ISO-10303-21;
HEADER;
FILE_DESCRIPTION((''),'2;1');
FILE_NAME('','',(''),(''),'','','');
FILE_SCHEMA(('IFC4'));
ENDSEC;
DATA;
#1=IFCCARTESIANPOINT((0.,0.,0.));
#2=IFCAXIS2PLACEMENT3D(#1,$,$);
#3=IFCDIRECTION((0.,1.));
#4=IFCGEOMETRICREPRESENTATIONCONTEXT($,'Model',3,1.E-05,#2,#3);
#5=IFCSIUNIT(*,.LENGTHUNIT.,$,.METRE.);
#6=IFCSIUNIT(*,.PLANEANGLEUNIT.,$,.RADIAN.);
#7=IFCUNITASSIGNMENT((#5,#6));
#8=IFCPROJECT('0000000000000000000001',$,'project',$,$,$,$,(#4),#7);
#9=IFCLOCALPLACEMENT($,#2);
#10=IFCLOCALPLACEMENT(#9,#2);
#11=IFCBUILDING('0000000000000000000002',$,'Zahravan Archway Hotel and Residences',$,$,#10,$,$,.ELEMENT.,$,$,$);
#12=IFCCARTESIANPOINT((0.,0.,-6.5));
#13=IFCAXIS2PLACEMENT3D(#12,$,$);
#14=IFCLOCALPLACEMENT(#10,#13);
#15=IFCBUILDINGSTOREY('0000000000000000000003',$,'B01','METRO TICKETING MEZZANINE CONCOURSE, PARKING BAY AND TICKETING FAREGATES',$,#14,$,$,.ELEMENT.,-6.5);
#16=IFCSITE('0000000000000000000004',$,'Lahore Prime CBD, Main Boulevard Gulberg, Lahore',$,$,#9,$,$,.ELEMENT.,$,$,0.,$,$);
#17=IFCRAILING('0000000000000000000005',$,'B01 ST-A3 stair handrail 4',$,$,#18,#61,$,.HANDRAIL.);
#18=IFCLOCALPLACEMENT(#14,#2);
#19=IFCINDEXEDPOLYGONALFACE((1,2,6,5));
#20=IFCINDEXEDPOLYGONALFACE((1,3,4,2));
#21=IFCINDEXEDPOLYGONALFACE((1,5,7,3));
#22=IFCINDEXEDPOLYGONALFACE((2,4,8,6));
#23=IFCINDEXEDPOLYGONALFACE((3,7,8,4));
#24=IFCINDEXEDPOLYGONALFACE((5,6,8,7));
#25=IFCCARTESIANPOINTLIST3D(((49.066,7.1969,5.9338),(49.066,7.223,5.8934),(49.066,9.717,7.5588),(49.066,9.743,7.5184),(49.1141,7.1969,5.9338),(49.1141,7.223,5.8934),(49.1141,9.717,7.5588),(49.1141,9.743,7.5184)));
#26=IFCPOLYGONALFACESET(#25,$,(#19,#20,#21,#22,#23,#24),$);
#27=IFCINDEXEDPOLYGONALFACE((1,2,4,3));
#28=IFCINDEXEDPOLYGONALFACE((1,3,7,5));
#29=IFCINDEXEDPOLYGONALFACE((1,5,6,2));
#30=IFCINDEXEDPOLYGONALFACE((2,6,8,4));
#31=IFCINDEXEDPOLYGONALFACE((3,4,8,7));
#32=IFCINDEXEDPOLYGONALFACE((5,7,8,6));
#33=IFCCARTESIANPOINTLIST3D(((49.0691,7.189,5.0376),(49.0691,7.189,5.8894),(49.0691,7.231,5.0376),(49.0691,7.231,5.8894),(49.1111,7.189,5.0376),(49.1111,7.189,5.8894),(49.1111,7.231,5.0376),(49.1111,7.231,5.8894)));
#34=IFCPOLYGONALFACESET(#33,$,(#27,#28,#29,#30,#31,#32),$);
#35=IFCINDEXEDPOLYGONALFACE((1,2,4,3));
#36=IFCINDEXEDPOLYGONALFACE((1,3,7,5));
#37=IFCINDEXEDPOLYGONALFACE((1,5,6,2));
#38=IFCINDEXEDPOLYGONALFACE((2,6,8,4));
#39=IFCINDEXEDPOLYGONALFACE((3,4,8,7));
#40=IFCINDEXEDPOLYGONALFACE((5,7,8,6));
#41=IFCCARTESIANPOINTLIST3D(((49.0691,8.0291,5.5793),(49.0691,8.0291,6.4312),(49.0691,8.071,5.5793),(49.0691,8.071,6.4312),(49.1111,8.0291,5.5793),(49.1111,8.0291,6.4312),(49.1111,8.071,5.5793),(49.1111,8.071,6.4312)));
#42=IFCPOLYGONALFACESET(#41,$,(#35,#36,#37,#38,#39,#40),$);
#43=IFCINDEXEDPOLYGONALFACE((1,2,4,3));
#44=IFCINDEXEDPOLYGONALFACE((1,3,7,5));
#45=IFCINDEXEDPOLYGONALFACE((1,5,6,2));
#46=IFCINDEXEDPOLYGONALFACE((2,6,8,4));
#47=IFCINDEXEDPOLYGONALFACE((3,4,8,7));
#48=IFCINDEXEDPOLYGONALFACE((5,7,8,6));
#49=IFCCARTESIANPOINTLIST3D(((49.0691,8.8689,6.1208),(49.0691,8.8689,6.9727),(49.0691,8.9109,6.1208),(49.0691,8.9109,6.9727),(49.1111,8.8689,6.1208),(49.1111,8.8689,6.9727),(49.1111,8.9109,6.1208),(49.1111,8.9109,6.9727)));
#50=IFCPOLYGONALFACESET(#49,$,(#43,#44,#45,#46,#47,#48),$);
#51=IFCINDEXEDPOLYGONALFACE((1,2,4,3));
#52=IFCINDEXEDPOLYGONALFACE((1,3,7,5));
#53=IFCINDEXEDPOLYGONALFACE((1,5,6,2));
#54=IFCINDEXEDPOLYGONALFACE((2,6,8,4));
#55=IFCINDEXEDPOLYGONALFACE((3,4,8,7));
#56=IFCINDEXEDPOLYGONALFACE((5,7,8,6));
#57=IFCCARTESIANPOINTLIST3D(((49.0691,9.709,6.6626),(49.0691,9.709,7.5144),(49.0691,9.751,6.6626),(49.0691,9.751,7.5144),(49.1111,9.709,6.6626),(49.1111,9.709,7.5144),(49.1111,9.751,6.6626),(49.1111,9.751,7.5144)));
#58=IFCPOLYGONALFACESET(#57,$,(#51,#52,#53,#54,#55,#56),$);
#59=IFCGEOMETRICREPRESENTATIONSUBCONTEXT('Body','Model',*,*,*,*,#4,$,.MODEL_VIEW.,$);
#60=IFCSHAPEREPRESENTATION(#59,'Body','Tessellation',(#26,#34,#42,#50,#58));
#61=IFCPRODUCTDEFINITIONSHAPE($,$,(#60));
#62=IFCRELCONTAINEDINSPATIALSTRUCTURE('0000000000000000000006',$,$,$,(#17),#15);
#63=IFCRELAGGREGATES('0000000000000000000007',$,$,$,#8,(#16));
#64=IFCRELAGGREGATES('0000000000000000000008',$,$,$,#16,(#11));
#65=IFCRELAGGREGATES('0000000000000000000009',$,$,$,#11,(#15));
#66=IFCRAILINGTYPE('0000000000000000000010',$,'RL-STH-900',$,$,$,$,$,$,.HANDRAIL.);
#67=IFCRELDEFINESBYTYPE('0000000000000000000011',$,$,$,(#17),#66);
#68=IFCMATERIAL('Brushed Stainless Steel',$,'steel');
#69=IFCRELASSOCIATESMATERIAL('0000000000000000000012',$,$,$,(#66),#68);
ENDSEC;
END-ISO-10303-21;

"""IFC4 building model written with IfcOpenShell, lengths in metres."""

from ifc_helpers import new_model, si_unit, direction, frame, origin, origin_2d, place, context, subcontext, project, spatial, rectangle, extrude, material, type_object, element, save


model = new_model("IFC4")

# Units and contexts
model_context = context("Model", 3, precision=1e-05, world=origin(), true_north=direction((0.0, 1.0)))
body_context = subcontext(model_context, "Body", "Model", "MODEL_VIEW")
ifc_project = project(units=[si_unit("LENGTHUNIT", "METRE"), si_unit("PLANEANGLEUNIT", "RADIAN")], contexts=[model_context])

# Site, building, storey
site_placement = place(None, origin())
site = spatial("IfcSite", under=ifc_project, at=site_placement, Name="Lahore Prime CBD, Main Boulevard Gulberg, Lahore", CompositionType="ELEMENT", RefElevation=0.0)
building_placement = place(site_placement, origin())
building = spatial("IfcBuilding", under=site, at=building_placement, Name="Zahravan Archway Hotel and Residences", CompositionType="ELEMENT")
storey_placement = place(building_placement, frame((0.0, 0.0, -6.5)))
storey = spatial("IfcBuildingStorey", under=building, at=storey_placement, Name="B01", Description="METRO TICKETING MEZZANINE CONCOURSE, PARKING BAY AND TICKETING FAREGATES", CompositionType="ELEMENT", Elevation=-6.5)

# Railing
ifc_material_1 = material(Name="Brushed Stainless Steel", Category="steel")
railing_type_1 = type_object("IfcRailingType", Name="RL-STH-900", PredefinedType="HANDRAIL", material=ifc_material_1)
for number, where, name in (
    (1, (49.0901, 7.21, 5.0376), "B01 ST-A3 stair handrail 4"),
):
    element("IfcRailing", number, at=place(storey_placement, frame(where)), inside=storey, type_object=railing_type_1, Name=name, PredefinedType="HANDRAIL", context=body_context, shape_type="SweptSolid", body=[
        extrude(rectangle(XDim=0.0481, YDim=0.0481, at=origin_2d()), frame((0.0, 0.0, 0.876), z_axis=(0.0, 0.840421, 0.541934), x_axis=(-1.0, 0.0, 0.0)), (0.0, 0.0, 1.0), 2.9985),
        extrude(rectangle(XDim=0.042, YDim=0.042, at=origin_2d()), origin(), (0.0, 0.0, 1.0), 0.8518),
        extrude(rectangle(XDim=0.042, YDim=0.042, at=origin_2d()), frame((0.0, 0.8401, 0.5417)), (0.0, 0.0, 1.0), 0.8518),
        extrude(rectangle(XDim=0.042, YDim=0.042, at=origin_2d()), frame((0.0, 1.6799, 1.0833)), (0.0, 0.0, 1.0), 0.8518),
        extrude(rectangle(XDim=0.042, YDim=0.042, at=origin_2d()), frame((0.0, 2.52, 1.625)), (0.0, 0.0, 1.0), 0.8518),
    ])

save(model, "model.ifc")
